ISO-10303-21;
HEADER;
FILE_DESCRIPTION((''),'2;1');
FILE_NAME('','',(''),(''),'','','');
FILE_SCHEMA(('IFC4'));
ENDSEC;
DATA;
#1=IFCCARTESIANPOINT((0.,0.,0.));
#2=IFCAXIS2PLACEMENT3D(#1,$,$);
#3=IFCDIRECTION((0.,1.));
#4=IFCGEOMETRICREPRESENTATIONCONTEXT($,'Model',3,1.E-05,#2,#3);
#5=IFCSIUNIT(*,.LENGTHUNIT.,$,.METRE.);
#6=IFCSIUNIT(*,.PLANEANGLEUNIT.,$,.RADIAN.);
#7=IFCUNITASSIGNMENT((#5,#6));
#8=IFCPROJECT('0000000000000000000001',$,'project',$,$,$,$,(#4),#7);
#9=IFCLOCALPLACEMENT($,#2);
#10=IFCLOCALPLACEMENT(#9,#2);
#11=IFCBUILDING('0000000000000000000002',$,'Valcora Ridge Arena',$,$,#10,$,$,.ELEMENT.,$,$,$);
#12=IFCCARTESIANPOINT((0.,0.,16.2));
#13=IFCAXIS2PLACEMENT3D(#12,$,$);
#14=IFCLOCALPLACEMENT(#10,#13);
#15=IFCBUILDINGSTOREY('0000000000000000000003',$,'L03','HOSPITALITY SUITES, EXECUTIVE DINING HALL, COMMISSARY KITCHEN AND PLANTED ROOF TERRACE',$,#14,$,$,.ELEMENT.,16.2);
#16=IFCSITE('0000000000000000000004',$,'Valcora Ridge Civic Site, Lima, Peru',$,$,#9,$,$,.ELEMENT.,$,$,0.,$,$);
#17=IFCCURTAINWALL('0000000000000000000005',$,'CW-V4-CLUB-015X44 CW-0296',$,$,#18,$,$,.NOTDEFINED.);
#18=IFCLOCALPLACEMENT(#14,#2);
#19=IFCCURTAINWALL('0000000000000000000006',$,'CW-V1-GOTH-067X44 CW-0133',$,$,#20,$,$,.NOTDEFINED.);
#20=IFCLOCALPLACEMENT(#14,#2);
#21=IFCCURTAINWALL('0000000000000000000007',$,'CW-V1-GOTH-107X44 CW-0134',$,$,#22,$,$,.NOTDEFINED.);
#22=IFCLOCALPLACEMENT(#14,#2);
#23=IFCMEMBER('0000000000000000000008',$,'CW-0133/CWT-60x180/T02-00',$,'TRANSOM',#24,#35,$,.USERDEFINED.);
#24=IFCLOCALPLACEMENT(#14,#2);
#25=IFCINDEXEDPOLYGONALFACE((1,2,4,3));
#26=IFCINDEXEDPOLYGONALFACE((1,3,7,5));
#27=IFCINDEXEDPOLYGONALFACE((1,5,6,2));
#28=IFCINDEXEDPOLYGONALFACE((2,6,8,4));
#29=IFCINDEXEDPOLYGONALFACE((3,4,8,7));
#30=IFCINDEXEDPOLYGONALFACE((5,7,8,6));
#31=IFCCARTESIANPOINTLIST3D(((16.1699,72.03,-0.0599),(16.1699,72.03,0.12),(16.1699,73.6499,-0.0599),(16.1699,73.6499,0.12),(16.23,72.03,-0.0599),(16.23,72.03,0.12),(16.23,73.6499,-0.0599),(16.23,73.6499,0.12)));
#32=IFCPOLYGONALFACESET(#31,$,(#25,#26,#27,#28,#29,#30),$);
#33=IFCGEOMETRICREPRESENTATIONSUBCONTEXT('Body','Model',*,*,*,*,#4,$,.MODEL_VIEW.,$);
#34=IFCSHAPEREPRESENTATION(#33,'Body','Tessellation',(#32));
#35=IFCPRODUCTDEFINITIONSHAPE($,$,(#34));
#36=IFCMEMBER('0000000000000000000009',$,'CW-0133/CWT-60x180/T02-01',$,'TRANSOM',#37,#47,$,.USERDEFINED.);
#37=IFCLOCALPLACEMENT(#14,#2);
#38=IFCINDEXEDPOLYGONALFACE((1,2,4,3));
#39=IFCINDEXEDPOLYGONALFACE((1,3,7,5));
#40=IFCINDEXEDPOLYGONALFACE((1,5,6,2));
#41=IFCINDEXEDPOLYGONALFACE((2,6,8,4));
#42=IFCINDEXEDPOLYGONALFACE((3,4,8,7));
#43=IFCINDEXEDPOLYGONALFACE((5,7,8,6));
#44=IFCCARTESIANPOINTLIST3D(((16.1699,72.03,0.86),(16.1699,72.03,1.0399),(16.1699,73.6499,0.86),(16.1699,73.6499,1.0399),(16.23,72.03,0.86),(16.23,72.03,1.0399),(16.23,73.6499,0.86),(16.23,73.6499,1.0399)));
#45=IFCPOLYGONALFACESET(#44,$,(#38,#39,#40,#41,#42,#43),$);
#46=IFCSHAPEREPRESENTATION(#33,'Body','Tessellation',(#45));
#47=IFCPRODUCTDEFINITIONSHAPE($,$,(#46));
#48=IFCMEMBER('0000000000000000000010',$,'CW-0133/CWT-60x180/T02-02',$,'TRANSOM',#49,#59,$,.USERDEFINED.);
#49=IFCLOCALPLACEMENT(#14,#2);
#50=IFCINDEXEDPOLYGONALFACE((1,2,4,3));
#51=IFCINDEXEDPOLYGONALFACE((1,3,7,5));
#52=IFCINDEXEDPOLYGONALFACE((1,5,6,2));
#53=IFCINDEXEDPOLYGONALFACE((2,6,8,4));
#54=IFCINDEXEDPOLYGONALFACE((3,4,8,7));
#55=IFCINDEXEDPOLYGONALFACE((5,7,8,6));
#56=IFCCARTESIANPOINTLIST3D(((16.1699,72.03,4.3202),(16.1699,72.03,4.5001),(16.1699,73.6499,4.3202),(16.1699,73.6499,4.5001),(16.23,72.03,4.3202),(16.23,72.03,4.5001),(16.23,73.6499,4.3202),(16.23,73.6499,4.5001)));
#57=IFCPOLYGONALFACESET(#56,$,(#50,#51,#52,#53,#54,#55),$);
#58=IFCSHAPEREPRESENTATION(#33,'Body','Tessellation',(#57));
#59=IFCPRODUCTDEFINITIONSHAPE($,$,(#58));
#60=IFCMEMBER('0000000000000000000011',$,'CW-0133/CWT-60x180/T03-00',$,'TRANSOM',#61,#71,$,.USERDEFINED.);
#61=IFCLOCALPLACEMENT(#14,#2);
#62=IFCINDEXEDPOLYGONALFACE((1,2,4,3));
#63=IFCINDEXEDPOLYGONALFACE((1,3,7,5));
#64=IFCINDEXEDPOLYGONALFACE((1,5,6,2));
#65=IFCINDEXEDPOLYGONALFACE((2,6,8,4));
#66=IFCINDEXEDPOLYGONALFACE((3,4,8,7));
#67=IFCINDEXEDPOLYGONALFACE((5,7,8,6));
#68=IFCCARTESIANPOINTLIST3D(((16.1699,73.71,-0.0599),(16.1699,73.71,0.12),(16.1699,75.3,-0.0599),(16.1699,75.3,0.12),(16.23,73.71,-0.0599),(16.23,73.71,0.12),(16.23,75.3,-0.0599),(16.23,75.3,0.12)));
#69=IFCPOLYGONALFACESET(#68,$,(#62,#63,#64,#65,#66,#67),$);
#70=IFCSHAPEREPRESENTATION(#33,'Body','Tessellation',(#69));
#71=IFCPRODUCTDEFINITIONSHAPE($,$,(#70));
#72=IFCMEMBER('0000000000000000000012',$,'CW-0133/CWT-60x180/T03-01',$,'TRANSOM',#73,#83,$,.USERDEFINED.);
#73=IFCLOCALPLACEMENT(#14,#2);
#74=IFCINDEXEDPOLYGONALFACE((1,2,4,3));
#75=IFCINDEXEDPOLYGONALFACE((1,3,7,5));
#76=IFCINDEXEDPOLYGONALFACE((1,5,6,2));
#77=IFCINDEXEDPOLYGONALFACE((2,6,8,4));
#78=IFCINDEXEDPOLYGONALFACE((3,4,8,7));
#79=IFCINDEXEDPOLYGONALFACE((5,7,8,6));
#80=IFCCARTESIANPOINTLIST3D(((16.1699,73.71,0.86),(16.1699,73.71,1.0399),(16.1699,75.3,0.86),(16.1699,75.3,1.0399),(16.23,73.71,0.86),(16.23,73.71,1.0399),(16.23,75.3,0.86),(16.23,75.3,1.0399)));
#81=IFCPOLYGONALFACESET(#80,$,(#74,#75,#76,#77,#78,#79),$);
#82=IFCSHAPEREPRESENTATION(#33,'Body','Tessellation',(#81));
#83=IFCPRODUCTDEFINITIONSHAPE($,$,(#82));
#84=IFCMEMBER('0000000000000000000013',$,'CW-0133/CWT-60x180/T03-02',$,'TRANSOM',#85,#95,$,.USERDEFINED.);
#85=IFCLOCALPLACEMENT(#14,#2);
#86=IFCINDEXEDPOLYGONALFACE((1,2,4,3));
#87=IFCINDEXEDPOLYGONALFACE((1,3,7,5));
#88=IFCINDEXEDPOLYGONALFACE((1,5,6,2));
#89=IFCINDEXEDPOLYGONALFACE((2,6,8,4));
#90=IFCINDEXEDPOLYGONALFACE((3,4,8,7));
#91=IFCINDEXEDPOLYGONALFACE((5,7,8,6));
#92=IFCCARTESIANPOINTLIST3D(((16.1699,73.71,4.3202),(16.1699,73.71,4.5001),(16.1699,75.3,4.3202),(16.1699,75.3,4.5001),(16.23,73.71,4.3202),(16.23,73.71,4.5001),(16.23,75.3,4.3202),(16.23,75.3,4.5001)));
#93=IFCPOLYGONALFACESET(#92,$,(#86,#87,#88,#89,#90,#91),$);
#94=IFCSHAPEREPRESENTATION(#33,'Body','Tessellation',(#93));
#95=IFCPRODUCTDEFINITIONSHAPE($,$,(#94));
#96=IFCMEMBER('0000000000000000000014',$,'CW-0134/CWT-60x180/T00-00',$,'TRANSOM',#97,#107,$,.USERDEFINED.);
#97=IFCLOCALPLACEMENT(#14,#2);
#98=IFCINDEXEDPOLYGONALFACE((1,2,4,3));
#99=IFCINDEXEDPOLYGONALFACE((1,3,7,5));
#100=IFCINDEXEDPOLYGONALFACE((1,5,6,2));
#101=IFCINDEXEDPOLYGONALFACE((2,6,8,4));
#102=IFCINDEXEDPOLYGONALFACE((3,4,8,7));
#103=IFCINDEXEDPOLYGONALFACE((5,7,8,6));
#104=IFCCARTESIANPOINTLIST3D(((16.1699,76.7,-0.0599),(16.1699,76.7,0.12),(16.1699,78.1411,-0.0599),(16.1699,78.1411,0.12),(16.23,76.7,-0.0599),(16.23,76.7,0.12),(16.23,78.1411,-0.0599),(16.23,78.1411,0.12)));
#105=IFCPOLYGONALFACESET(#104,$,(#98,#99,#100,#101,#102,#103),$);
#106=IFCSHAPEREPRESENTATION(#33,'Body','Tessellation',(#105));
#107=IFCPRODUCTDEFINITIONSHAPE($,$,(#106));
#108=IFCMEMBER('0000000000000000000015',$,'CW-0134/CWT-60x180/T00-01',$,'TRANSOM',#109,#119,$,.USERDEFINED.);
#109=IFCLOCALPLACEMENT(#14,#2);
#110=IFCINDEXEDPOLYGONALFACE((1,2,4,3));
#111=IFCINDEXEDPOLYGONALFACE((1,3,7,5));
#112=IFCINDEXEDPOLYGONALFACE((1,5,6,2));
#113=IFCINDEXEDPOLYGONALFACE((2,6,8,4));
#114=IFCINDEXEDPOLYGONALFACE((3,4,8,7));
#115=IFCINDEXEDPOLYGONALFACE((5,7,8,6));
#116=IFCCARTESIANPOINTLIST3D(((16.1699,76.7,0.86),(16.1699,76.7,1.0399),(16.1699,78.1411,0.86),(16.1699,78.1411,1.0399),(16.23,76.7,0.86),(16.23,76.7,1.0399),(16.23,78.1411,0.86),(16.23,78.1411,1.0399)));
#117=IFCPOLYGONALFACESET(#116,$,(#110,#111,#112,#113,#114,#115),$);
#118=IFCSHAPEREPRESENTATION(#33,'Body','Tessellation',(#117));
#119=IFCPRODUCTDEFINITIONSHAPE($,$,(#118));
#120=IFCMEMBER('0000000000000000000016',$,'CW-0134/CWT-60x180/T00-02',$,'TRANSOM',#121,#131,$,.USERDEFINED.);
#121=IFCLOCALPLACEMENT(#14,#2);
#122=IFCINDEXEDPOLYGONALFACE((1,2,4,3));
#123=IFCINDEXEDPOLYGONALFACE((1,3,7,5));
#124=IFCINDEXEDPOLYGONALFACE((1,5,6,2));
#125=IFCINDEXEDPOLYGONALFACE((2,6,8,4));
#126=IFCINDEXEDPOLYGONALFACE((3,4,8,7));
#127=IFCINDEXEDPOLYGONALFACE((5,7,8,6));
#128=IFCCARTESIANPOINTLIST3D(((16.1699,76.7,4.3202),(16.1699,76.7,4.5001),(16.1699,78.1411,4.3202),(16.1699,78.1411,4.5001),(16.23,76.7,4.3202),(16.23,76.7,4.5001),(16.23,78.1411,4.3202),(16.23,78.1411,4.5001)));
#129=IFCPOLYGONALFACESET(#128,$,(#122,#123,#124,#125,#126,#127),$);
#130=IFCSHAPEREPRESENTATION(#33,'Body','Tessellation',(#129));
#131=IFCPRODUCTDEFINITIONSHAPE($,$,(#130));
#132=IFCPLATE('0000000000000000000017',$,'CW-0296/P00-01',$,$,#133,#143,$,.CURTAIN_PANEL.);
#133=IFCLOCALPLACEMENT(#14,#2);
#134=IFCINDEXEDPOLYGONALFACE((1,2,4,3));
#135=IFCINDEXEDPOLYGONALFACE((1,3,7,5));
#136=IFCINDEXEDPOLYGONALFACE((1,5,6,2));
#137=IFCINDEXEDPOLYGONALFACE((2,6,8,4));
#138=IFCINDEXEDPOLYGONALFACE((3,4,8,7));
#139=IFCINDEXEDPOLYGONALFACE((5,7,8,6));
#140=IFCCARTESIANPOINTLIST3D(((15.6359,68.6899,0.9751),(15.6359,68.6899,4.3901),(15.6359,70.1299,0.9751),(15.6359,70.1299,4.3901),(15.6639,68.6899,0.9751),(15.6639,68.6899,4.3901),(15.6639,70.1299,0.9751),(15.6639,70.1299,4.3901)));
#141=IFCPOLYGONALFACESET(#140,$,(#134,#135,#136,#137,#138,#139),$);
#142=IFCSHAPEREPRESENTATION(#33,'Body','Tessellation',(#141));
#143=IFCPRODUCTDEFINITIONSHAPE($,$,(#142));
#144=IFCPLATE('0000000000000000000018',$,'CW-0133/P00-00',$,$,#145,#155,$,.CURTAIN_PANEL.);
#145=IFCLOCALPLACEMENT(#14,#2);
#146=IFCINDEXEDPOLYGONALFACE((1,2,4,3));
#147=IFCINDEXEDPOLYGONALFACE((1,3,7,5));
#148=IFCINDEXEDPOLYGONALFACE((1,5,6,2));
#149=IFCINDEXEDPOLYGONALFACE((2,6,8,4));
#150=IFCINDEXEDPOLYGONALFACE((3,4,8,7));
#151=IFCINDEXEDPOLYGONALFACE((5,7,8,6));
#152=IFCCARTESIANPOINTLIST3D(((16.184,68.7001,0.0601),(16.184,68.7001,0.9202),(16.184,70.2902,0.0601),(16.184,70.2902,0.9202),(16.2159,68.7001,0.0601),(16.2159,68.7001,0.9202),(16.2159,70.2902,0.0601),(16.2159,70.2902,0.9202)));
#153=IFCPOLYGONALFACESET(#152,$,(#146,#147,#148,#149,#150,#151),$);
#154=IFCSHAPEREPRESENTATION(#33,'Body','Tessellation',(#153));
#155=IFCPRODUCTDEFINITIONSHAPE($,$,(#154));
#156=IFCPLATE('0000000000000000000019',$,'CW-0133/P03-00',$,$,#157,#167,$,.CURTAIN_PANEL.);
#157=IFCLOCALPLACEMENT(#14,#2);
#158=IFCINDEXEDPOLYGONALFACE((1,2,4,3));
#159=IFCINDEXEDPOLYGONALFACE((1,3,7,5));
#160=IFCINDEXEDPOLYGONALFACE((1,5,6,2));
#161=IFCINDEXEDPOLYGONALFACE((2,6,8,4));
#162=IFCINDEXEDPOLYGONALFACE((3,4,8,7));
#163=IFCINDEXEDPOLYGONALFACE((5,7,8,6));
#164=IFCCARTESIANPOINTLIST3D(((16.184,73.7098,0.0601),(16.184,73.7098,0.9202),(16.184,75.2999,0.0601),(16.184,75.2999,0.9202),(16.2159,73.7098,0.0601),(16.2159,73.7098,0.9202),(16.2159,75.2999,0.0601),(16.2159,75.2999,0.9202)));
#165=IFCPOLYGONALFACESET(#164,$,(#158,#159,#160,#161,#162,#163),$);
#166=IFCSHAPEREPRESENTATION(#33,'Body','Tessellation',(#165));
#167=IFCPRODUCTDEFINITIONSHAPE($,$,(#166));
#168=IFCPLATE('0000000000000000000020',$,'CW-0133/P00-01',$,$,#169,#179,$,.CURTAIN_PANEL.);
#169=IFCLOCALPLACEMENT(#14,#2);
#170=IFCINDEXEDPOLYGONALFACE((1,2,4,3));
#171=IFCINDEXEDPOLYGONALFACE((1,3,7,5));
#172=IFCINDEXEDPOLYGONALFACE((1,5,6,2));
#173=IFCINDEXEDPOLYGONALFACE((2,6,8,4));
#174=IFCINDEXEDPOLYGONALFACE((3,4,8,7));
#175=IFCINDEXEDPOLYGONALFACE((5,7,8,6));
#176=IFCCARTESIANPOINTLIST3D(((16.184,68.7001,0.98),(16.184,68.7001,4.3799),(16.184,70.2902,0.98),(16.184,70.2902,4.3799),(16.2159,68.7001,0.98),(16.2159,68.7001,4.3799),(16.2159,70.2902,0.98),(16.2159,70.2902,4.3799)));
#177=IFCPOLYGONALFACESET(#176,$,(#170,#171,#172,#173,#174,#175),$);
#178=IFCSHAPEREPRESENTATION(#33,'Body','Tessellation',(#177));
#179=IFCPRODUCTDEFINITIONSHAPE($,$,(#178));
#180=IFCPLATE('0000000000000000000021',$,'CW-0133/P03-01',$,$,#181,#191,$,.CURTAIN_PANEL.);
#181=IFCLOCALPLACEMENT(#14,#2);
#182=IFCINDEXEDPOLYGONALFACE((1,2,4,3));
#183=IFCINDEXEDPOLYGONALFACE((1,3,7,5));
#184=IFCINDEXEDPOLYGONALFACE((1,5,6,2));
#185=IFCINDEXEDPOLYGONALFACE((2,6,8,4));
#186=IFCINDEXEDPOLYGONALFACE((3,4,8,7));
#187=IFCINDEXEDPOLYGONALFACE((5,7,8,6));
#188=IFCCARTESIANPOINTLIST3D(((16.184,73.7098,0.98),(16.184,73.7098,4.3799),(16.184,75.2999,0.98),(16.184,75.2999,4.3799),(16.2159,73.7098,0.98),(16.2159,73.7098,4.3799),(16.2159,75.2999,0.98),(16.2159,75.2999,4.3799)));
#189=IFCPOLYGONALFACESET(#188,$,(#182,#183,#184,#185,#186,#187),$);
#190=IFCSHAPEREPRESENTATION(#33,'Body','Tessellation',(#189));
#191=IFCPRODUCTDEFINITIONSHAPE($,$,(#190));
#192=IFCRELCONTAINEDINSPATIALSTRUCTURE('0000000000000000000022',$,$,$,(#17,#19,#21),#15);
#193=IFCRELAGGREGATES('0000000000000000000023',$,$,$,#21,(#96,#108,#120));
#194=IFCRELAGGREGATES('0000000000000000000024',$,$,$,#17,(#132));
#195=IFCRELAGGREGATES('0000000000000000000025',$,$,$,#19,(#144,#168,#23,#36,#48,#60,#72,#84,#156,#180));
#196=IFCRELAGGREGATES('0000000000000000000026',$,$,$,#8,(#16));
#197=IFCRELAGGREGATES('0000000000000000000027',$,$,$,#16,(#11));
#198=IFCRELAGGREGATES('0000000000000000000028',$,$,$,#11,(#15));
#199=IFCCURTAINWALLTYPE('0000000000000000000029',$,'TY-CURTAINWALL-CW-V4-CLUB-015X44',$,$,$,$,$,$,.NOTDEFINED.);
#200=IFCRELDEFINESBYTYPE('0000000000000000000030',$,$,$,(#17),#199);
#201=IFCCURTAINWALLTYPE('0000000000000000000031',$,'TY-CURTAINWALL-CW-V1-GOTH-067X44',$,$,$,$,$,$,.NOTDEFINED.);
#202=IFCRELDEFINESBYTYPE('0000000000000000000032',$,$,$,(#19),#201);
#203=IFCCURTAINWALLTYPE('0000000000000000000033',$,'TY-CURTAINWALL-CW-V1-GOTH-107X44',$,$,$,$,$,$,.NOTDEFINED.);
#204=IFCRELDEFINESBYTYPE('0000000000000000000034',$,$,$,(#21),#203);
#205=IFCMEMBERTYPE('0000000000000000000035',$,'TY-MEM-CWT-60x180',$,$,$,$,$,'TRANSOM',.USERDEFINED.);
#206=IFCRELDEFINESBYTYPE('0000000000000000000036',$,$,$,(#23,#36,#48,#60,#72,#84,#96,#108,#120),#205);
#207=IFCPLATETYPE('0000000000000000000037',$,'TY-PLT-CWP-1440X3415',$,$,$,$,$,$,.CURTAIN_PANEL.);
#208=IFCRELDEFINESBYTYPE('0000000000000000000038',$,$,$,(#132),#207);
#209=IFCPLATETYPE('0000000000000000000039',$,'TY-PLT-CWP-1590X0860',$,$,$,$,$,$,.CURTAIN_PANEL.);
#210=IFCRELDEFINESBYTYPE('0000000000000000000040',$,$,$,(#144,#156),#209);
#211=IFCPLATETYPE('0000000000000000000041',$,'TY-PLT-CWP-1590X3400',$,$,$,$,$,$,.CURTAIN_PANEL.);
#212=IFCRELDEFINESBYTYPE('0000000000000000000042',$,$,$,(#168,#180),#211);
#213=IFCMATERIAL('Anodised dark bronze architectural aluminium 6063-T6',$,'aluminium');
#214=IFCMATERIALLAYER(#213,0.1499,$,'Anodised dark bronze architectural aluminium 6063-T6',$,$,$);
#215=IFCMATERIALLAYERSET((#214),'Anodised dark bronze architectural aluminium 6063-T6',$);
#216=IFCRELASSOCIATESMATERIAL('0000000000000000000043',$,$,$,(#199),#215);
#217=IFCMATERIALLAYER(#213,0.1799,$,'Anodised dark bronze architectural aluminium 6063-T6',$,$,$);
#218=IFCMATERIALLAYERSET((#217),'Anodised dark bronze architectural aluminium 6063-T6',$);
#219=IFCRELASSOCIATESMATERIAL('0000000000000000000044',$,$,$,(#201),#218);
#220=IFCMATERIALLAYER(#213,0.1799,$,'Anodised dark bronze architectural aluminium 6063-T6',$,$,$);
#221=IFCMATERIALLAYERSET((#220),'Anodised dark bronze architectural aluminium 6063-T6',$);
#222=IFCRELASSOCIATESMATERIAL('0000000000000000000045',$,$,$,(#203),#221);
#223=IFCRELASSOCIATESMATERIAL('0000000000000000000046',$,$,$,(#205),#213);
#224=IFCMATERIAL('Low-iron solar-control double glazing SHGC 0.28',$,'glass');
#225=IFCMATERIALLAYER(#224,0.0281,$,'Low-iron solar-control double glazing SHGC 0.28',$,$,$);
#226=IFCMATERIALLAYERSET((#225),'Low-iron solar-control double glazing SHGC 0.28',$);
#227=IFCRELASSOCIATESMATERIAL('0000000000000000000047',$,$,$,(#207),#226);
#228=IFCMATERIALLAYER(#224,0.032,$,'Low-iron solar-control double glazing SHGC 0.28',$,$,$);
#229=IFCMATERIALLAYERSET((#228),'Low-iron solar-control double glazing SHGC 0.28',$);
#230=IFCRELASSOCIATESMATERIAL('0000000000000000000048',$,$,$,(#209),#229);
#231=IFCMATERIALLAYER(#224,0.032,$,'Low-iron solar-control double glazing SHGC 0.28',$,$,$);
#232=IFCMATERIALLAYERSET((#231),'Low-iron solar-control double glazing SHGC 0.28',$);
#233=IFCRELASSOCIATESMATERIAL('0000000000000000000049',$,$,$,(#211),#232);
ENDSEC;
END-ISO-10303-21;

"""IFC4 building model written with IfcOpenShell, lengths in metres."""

from ifc_helpers import new_model, si_unit, direction, frame, origin, origin_2d, place, context, subcontext, project, spatial, rectangle, extrude, material, layer, layer_set, material_profile, profile_set, type_object, element, aggregate, save


model = new_model("IFC4")

# Units and contexts
model_context = context("Model", 3, precision=1e-05, world=origin(), true_north=direction((0.0, 1.0)))
body_context = subcontext(model_context, "Body", "Model", "MODEL_VIEW")
ifc_project = project(units=[si_unit("LENGTHUNIT", "METRE"), si_unit("PLANEANGLEUNIT", "RADIAN")], contexts=[model_context])

# Site, building, storey
site_placement = place(None, origin())
site = spatial("IfcSite", under=ifc_project, at=site_placement, Name="Valcora Ridge Civic Site, Lima, Peru", CompositionType="ELEMENT", RefElevation=0.0)
building_placement = place(site_placement, origin())
building = spatial("IfcBuilding", under=site, at=building_placement, Name="Valcora Ridge Arena", CompositionType="ELEMENT")
storey_placement = place(building_placement, frame((0.0, 0.0, 16.2)))
storey = spatial("IfcBuildingStorey", under=building, at=storey_placement, Name="L03", Description="HOSPITALITY SUITES, EXECUTIVE DINING HALL, COMMISSARY KITCHEN AND PLANTED ROOF TERRACE", CompositionType="ELEMENT", Elevation=16.2)

# Curtain wall
ifc_material_1 = material(Name="Anodised dark bronze architectural aluminium 6063-T6", Category="aluminium")
ifc_layer_1 = layer(ifc_material_1, 0.1499, Name="Anodised dark bronze architectural aluminium 6063-T6")
ifc_layer_set_1 = layer_set([ifc_layer_1], Name="Anodised dark bronze architectural aluminium 6063-T6")
curtain_wall_type_1 = type_object("IfcCurtainWallType", Name="TY-CURTAINWALL-CW-V4-CLUB-015X44", PredefinedType="NOTDEFINED", material=ifc_layer_set_1)
curtain_wall_1_placement = place(storey_placement, origin())
curtain_wall_1 = element("IfcCurtainWall", 1, at=curtain_wall_1_placement, inside=storey, type_object=curtain_wall_type_1, Name="CW-V4-CLUB-015X44 CW-0296", PredefinedType="NOTDEFINED")

# Curtain wall
ifc_layer_2 = layer(ifc_material_1, 0.1799, Name="Anodised dark bronze architectural aluminium 6063-T6")
ifc_layer_set_2 = layer_set([ifc_layer_2], Name="Anodised dark bronze architectural aluminium 6063-T6")
curtain_wall_type_2 = type_object("IfcCurtainWallType", Name="TY-CURTAINWALL-CW-V1-GOTH-067X44", PredefinedType="NOTDEFINED", material=ifc_layer_set_2)
curtain_wall_2_placement = place(storey_placement, origin())
curtain_wall_2 = element("IfcCurtainWall", 2, at=curtain_wall_2_placement, inside=storey, type_object=curtain_wall_type_2, Name="CW-V1-GOTH-067X44 CW-0133", PredefinedType="NOTDEFINED")

# Curtain wall
ifc_layer_3 = layer(ifc_material_1, 0.1799, Name="Anodised dark bronze architectural aluminium 6063-T6")
ifc_layer_set_3 = layer_set([ifc_layer_3], Name="Anodised dark bronze architectural aluminium 6063-T6")
curtain_wall_type_3 = type_object("IfcCurtainWallType", Name="TY-CURTAINWALL-CW-V1-GOTH-107X44", PredefinedType="NOTDEFINED", material=ifc_layer_set_3)
curtain_wall_3_placement = place(storey_placement, origin())
curtain_wall_3 = element("IfcCurtainWall", 3, at=curtain_wall_3_placement, inside=storey, type_object=curtain_wall_type_3, Name="CW-V1-GOTH-107X44 CW-0134", PredefinedType="NOTDEFINED")

# Members
ifc_material_profile_1 = material_profile(ifc_material_1, rectangle(XDim=0.0601, YDim=0.1799, at=origin_2d()), Name="ALU TRANSOM 60x180")
ifc_profile_set_1 = profile_set([ifc_material_profile_1], Name="Anodised dark bronze architectural aluminium 6063-T6")
member_type_1 = type_object("IfcMemberType", Name="TY-MEM-CWT-60x180", ElementType="TRANSOM", PredefinedType="USERDEFINED", material=ifc_profile_set_1)
member_1_placement = place(storey_placement, frame((16.2, 72.03, 0.03), z_axis=(0.0, 1.0, 0.0), x_axis=(-1.0, 0.0, 0.0)))
member_1 = element("IfcMember", 4, at=member_1_placement, type_object=member_type_1, Name="CW-0133/CWT-60x180/T02-00", ObjectType="TRANSOM", PredefinedType="USERDEFINED", context=body_context, shape_type="SweptSolid", body=[
    extrude(rectangle(XDim=0.0601, YDim=0.1799, at=origin_2d()), origin(), (0.0, 0.0, 1.0), 1.6199),
])
member_2_placement = place(storey_placement, frame((16.2, 72.03, 0.95), z_axis=(0.0, 1.0, 0.0), x_axis=(-1.0, 0.0, 0.0)))
member_2 = element("IfcMember", 5, at=member_2_placement, type_object=member_type_1, Name="CW-0133/CWT-60x180/T02-01", ObjectType="TRANSOM", PredefinedType="USERDEFINED", context=body_context, shape_type="SweptSolid", body=[
    extrude(rectangle(XDim=0.0601, YDim=0.1799, at=origin_2d()), origin(), (0.0, 0.0, 1.0), 1.6199),
])
member_3_placement = place(storey_placement, frame((16.2, 72.03, 4.4102), z_axis=(0.0, 1.0, 0.0), x_axis=(-1.0, 0.0, 0.0)))
member_3 = element("IfcMember", 6, at=member_3_placement, type_object=member_type_1, Name="CW-0133/CWT-60x180/T02-02", ObjectType="TRANSOM", PredefinedType="USERDEFINED", context=body_context, shape_type="SweptSolid", body=[
    extrude(rectangle(XDim=0.0601, YDim=0.1799, at=origin_2d()), origin(), (0.0, 0.0, 1.0), 1.6199),
])
member_4_placement = place(storey_placement, frame((16.2, 73.71, 0.03), z_axis=(0.0, 1.0, 0.0), x_axis=(-1.0, 0.0, 0.0)))
member_4 = element("IfcMember", 7, at=member_4_placement, type_object=member_type_1, Name="CW-0133/CWT-60x180/T03-00", ObjectType="TRANSOM", PredefinedType="USERDEFINED", context=body_context, shape_type="SweptSolid", body=[
    extrude(rectangle(XDim=0.0601, YDim=0.1799, at=origin_2d()), origin(), (0.0, 0.0, 1.0), 1.5901),
])
member_5_placement = place(storey_placement, frame((16.2, 73.71, 0.95), z_axis=(0.0, 1.0, 0.0), x_axis=(-1.0, 0.0, 0.0)))
member_5 = element("IfcMember", 8, at=member_5_placement, type_object=member_type_1, Name="CW-0133/CWT-60x180/T03-01", ObjectType="TRANSOM", PredefinedType="USERDEFINED", context=body_context, shape_type="SweptSolid", body=[
    extrude(rectangle(XDim=0.0601, YDim=0.1799, at=origin_2d()), origin(), (0.0, 0.0, 1.0), 1.5901),
])
member_6_placement = place(storey_placement, frame((16.2, 73.71, 4.4102), z_axis=(0.0, 1.0, 0.0), x_axis=(-1.0, 0.0, 0.0)))
member_6 = element("IfcMember", 9, at=member_6_placement, type_object=member_type_1, Name="CW-0133/CWT-60x180/T03-02", ObjectType="TRANSOM", PredefinedType="USERDEFINED", context=body_context, shape_type="SweptSolid", body=[
    extrude(rectangle(XDim=0.0601, YDim=0.1799, at=origin_2d()), origin(), (0.0, 0.0, 1.0), 1.5901),
])
member_7_placement = place(storey_placement, frame((16.2, 76.7, 0.03), z_axis=(0.0, 1.0, 0.0), x_axis=(-1.0, 0.0, 0.0)))
member_7 = element("IfcMember", 10, at=member_7_placement, type_object=member_type_1, Name="CW-0134/CWT-60x180/T00-00", ObjectType="TRANSOM", PredefinedType="USERDEFINED", context=body_context, shape_type="SweptSolid", body=[
    extrude(rectangle(XDim=0.0601, YDim=0.1799, at=origin_2d()), origin(), (0.0, 0.0, 1.0), 1.4412),
])
member_8_placement = place(storey_placement, frame((16.2, 76.7, 0.95), z_axis=(0.0, 1.0, 0.0), x_axis=(-1.0, 0.0, 0.0)))
member_8 = element("IfcMember", 11, at=member_8_placement, type_object=member_type_1, Name="CW-0134/CWT-60x180/T00-01", ObjectType="TRANSOM", PredefinedType="USERDEFINED", context=body_context, shape_type="SweptSolid", body=[
    extrude(rectangle(XDim=0.0601, YDim=0.1799, at=origin_2d()), origin(), (0.0, 0.0, 1.0), 1.4412),
])
member_9_placement = place(storey_placement, frame((16.2, 76.7, 4.4102), z_axis=(0.0, 1.0, 0.0), x_axis=(-1.0, 0.0, 0.0)))
member_9 = element("IfcMember", 12, at=member_9_placement, type_object=member_type_1, Name="CW-0134/CWT-60x180/T00-02", ObjectType="TRANSOM", PredefinedType="USERDEFINED", context=body_context, shape_type="SweptSolid", body=[
    extrude(rectangle(XDim=0.0601, YDim=0.1799, at=origin_2d()), origin(), (0.0, 0.0, 1.0), 1.4412),
])
aggregate(curtain_wall_3, [member_7, member_8, member_9])

# Plates
ifc_material_2 = material(Name="Low-iron solar-control double glazing SHGC 0.28", Category="glass")
ifc_layer_4 = layer(ifc_material_2, 0.0281, Name="Low-iron solar-control double glazing SHGC 0.28")
ifc_layer_set_4 = layer_set([ifc_layer_4], Name="Low-iron solar-control double glazing SHGC 0.28")
plate_type_1 = type_object("IfcPlateType", Name="TY-PLT-CWP-1440X3415", PredefinedType="CURTAIN_PANEL", material=ifc_layer_set_4)
plate_1_placement = place(storey_placement, frame((15.6499, 69.4099, 0.9751), z_axis=(0.0, 0.0, 1.0), x_axis=(0.0, 1.0, 0.0)))
plate_1 = element("IfcPlate", 13, at=plate_1_placement, type_object=plate_type_1, Name="CW-0296/P00-01", PredefinedType="CURTAIN_PANEL", context=body_context, shape_type="SweptSolid", body=[
    extrude(rectangle(XDim=1.4399, YDim=0.0281, at=origin_2d()), origin(), (0.0, 0.0, 1.0), 3.415),
])
aggregate(curtain_wall_1, [plate_1])
ifc_layer_5 = layer(ifc_material_2, 0.032, Name="Low-iron solar-control double glazing SHGC 0.28")
ifc_layer_set_5 = layer_set([ifc_layer_5], Name="Low-iron solar-control double glazing SHGC 0.28")
plate_type_2 = type_object("IfcPlateType", Name="TY-PLT-CWP-1590X0860", PredefinedType="CURTAIN_PANEL", material=ifc_layer_set_5)
plate_2_placement = place(storey_placement, frame((16.2, 69.4951, 0.0601), z_axis=(0.0, 0.0, 1.0), x_axis=(0.0, 1.0, 0.0)))
plate_2 = element("IfcPlate", 14, at=plate_2_placement, type_object=plate_type_2, Name="CW-0133/P00-00", PredefinedType="CURTAIN_PANEL", context=body_context, shape_type="SweptSolid", body=[
    extrude(rectangle(XDim=1.5901, YDim=0.032, at=origin_2d()), origin(), (0.0, 0.0, 1.0), 0.8601),
])
plate_3_placement = place(storey_placement, frame((16.2, 74.5049, 0.0601), z_axis=(0.0, 0.0, 1.0), x_axis=(0.0, 1.0, 0.0)))
plate_3 = element("IfcPlate", 15, at=plate_3_placement, type_object=plate_type_2, Name="CW-0133/P03-00", PredefinedType="CURTAIN_PANEL", context=body_context, shape_type="SweptSolid", body=[
    extrude(rectangle(XDim=1.5901, YDim=0.032, at=origin_2d()), origin(), (0.0, 0.0, 1.0), 0.8601),
])
ifc_layer_6 = layer(ifc_material_2, 0.032, Name="Low-iron solar-control double glazing SHGC 0.28")
ifc_layer_set_6 = layer_set([ifc_layer_6], Name="Low-iron solar-control double glazing SHGC 0.28")
plate_type_3 = type_object("IfcPlateType", Name="TY-PLT-CWP-1590X3400", PredefinedType="CURTAIN_PANEL", material=ifc_layer_set_6)
plate_4_placement = place(storey_placement, frame((16.2, 69.4951, 0.98), z_axis=(0.0, 0.0, 1.0), x_axis=(0.0, 1.0, 0.0)))
plate_4 = element("IfcPlate", 16, at=plate_4_placement, type_object=plate_type_3, Name="CW-0133/P00-01", PredefinedType="CURTAIN_PANEL", context=body_context, shape_type="SweptSolid", body=[
    extrude(rectangle(XDim=1.5901, YDim=0.032, at=origin_2d()), origin(), (0.0, 0.0, 1.0), 3.3999),
])
plate_5_placement = place(storey_placement, frame((16.2, 74.5049, 0.98), z_axis=(0.0, 0.0, 1.0), x_axis=(0.0, 1.0, 0.0)))
plate_5 = element("IfcPlate", 17, at=plate_5_placement, type_object=plate_type_3, Name="CW-0133/P03-01", PredefinedType="CURTAIN_PANEL", context=body_context, shape_type="SweptSolid", body=[
    extrude(rectangle(XDim=1.5901, YDim=0.032, at=origin_2d()), origin(), (0.0, 0.0, 1.0), 3.3999),
])
aggregate(curtain_wall_2, [plate_2, plate_4, member_1, member_2, member_3, member_4, member_5, member_6, plate_3, plate_5])

save(model, "model.ifc")
